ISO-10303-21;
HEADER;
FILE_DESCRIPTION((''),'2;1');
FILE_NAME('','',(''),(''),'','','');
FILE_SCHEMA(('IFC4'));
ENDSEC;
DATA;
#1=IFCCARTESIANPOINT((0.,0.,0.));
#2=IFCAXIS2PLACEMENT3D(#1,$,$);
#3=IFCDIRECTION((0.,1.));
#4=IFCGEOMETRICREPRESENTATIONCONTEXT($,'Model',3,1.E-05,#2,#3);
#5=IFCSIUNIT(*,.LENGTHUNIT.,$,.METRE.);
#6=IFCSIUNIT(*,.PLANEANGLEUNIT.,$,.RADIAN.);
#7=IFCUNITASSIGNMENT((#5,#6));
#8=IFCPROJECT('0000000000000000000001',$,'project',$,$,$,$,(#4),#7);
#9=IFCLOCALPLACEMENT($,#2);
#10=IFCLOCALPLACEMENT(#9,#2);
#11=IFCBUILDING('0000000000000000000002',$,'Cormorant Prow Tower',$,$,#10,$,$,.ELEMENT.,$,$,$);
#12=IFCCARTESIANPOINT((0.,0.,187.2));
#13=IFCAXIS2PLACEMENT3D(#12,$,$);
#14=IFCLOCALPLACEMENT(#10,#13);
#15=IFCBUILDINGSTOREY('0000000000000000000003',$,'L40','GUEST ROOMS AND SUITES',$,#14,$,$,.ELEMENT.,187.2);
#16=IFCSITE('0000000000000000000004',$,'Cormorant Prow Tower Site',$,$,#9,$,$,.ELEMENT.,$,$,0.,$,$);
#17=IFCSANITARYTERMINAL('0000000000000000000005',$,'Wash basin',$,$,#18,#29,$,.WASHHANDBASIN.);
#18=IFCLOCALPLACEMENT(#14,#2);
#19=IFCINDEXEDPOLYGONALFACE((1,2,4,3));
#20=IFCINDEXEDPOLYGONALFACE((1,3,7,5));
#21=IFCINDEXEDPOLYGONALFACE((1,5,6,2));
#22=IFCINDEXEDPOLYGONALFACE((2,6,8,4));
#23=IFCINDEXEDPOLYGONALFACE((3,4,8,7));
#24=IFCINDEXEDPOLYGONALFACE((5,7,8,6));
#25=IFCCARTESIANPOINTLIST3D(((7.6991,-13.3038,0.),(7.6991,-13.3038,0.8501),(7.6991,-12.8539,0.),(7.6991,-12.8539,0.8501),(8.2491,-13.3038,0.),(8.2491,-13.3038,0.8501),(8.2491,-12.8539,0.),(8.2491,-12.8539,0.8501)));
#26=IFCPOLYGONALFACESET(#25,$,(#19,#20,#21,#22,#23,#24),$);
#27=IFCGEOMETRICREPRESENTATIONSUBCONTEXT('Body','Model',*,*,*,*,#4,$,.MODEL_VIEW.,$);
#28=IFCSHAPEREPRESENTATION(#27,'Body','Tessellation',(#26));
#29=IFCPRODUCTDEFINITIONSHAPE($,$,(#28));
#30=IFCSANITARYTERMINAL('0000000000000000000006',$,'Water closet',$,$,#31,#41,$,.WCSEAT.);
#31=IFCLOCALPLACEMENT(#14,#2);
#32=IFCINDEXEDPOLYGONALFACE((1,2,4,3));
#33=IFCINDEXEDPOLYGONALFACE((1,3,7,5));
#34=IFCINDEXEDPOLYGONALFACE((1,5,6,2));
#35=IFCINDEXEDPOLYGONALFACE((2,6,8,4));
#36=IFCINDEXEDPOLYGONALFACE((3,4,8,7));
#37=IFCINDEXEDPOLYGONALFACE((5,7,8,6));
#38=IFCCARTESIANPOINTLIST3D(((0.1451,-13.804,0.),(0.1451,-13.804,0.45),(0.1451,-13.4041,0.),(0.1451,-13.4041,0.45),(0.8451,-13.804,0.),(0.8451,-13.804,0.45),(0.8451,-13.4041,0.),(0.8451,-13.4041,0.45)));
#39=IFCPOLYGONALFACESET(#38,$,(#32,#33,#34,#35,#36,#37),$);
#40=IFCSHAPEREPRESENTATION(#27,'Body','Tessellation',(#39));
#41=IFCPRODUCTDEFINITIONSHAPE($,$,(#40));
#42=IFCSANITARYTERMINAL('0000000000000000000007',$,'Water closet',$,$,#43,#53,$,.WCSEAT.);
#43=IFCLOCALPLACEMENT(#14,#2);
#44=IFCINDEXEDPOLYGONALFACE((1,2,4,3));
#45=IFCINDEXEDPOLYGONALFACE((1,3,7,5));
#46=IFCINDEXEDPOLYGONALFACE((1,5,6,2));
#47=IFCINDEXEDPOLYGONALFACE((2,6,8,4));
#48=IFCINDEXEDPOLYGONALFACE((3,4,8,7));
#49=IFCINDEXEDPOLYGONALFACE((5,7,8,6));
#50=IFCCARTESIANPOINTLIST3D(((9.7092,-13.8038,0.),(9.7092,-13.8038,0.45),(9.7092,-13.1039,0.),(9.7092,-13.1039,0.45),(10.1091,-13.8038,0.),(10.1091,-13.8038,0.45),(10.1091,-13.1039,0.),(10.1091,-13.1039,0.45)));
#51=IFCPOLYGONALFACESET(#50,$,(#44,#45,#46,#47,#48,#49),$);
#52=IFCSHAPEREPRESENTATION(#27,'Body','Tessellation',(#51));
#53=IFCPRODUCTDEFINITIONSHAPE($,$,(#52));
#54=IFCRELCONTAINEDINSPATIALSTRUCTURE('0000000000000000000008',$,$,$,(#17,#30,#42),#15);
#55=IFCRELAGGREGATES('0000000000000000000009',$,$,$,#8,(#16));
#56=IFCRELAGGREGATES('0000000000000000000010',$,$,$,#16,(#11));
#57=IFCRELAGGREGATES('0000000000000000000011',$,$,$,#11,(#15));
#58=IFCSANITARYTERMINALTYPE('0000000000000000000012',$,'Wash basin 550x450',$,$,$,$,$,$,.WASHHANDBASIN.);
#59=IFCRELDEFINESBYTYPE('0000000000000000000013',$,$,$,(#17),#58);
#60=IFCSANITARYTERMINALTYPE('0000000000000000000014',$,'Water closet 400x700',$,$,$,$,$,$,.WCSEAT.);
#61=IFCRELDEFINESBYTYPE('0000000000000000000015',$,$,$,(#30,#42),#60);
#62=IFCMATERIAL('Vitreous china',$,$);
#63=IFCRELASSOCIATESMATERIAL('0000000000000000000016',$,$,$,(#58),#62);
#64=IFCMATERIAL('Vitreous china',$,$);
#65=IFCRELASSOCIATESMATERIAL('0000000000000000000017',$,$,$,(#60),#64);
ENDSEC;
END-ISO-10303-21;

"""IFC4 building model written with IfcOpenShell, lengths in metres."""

from ifc_helpers import new_model, si_unit, direction, frame, origin, origin_2d, place, context, subcontext, project, spatial, rectangle, extrude, material, type_object, element, save


model = new_model("IFC4")

# Units and contexts
model_context = context("Model", 3, precision=1e-05, world=origin(), true_north=direction((0.0, 1.0)))
body_context = subcontext(model_context, "Body", "Model", "MODEL_VIEW")
ifc_project = project(units=[si_unit("LENGTHUNIT", "METRE"), si_unit("PLANEANGLEUNIT", "RADIAN")], contexts=[model_context])

# Site, building, storey
site_placement = place(None, origin())
site = spatial("IfcSite", under=ifc_project, at=site_placement, Name="Cormorant Prow Tower Site", CompositionType="ELEMENT", RefElevation=0.0)
building_placement = place(site_placement, origin())
building = spatial("IfcBuilding", under=site, at=building_placement, Name="Cormorant Prow Tower", CompositionType="ELEMENT")
storey_placement = place(building_placement, frame((0.0, 0.0, 187.2)))
storey = spatial("IfcBuildingStorey", under=building, at=storey_placement, Name="L40", Description="GUEST ROOMS AND SUITES", CompositionType="ELEMENT", Elevation=187.2)

# Sanitary terminals
ifc_material_1 = material(Name="Vitreous china")
sanitary_terminal_type_1 = type_object("IfcSanitaryTerminalType", Name="Wash basin 550x450", PredefinedType="WASHHANDBASIN", material=ifc_material_1)
for number, where, z_axis, x_axis, name in (
    (1, (7.9741, -13.0789, 0.0), (0.0, 0.0, 1.0), (1.0, 0.0, 0.0), "Wash basin"),
):
    element("IfcSanitaryTerminal", number, at=place(storey_placement, frame(where, z_axis=z_axis, x_axis=x_axis)), inside=storey, type_object=sanitary_terminal_type_1, Name=name, PredefinedType="WASHHANDBASIN", context=body_context, shape_type="SweptSolid", body=[
        extrude(rectangle(XDim=0.55, YDim=0.45, at=origin_2d()), origin(), (0.0, 0.0, 1.0), 0.8501),
    ])
ifc_material_2 = material(Name="Vitreous china")
sanitary_terminal_type_2 = type_object("IfcSanitaryTerminalType", Name="Water closet 400x700", PredefinedType="WCSEAT", material=ifc_material_2)
for number, where, z_axis, x_axis, name in (
    (2, (0.4951, -13.604, 0.0), (0.0, 0.0, 1.0), (0.0, 1.0, 0.0), "Water closet"),
    (3, (9.9092, -13.4539, 0.0), (0.0, 0.0, 1.0), (-1.0, 0.0, 0.0), "Water closet"),
):
    element("IfcSanitaryTerminal", number, at=place(storey_placement, frame(where, z_axis=z_axis, x_axis=x_axis)), inside=storey, type_object=sanitary_terminal_type_2, Name=name, PredefinedType="WCSEAT", context=body_context, shape_type="SweptSolid", body=[
        extrude(rectangle(XDim=0.3999, YDim=0.7, at=origin_2d()), origin(), (0.0, 0.0, 1.0), 0.45),
    ])

save(model, "model.ifc")
